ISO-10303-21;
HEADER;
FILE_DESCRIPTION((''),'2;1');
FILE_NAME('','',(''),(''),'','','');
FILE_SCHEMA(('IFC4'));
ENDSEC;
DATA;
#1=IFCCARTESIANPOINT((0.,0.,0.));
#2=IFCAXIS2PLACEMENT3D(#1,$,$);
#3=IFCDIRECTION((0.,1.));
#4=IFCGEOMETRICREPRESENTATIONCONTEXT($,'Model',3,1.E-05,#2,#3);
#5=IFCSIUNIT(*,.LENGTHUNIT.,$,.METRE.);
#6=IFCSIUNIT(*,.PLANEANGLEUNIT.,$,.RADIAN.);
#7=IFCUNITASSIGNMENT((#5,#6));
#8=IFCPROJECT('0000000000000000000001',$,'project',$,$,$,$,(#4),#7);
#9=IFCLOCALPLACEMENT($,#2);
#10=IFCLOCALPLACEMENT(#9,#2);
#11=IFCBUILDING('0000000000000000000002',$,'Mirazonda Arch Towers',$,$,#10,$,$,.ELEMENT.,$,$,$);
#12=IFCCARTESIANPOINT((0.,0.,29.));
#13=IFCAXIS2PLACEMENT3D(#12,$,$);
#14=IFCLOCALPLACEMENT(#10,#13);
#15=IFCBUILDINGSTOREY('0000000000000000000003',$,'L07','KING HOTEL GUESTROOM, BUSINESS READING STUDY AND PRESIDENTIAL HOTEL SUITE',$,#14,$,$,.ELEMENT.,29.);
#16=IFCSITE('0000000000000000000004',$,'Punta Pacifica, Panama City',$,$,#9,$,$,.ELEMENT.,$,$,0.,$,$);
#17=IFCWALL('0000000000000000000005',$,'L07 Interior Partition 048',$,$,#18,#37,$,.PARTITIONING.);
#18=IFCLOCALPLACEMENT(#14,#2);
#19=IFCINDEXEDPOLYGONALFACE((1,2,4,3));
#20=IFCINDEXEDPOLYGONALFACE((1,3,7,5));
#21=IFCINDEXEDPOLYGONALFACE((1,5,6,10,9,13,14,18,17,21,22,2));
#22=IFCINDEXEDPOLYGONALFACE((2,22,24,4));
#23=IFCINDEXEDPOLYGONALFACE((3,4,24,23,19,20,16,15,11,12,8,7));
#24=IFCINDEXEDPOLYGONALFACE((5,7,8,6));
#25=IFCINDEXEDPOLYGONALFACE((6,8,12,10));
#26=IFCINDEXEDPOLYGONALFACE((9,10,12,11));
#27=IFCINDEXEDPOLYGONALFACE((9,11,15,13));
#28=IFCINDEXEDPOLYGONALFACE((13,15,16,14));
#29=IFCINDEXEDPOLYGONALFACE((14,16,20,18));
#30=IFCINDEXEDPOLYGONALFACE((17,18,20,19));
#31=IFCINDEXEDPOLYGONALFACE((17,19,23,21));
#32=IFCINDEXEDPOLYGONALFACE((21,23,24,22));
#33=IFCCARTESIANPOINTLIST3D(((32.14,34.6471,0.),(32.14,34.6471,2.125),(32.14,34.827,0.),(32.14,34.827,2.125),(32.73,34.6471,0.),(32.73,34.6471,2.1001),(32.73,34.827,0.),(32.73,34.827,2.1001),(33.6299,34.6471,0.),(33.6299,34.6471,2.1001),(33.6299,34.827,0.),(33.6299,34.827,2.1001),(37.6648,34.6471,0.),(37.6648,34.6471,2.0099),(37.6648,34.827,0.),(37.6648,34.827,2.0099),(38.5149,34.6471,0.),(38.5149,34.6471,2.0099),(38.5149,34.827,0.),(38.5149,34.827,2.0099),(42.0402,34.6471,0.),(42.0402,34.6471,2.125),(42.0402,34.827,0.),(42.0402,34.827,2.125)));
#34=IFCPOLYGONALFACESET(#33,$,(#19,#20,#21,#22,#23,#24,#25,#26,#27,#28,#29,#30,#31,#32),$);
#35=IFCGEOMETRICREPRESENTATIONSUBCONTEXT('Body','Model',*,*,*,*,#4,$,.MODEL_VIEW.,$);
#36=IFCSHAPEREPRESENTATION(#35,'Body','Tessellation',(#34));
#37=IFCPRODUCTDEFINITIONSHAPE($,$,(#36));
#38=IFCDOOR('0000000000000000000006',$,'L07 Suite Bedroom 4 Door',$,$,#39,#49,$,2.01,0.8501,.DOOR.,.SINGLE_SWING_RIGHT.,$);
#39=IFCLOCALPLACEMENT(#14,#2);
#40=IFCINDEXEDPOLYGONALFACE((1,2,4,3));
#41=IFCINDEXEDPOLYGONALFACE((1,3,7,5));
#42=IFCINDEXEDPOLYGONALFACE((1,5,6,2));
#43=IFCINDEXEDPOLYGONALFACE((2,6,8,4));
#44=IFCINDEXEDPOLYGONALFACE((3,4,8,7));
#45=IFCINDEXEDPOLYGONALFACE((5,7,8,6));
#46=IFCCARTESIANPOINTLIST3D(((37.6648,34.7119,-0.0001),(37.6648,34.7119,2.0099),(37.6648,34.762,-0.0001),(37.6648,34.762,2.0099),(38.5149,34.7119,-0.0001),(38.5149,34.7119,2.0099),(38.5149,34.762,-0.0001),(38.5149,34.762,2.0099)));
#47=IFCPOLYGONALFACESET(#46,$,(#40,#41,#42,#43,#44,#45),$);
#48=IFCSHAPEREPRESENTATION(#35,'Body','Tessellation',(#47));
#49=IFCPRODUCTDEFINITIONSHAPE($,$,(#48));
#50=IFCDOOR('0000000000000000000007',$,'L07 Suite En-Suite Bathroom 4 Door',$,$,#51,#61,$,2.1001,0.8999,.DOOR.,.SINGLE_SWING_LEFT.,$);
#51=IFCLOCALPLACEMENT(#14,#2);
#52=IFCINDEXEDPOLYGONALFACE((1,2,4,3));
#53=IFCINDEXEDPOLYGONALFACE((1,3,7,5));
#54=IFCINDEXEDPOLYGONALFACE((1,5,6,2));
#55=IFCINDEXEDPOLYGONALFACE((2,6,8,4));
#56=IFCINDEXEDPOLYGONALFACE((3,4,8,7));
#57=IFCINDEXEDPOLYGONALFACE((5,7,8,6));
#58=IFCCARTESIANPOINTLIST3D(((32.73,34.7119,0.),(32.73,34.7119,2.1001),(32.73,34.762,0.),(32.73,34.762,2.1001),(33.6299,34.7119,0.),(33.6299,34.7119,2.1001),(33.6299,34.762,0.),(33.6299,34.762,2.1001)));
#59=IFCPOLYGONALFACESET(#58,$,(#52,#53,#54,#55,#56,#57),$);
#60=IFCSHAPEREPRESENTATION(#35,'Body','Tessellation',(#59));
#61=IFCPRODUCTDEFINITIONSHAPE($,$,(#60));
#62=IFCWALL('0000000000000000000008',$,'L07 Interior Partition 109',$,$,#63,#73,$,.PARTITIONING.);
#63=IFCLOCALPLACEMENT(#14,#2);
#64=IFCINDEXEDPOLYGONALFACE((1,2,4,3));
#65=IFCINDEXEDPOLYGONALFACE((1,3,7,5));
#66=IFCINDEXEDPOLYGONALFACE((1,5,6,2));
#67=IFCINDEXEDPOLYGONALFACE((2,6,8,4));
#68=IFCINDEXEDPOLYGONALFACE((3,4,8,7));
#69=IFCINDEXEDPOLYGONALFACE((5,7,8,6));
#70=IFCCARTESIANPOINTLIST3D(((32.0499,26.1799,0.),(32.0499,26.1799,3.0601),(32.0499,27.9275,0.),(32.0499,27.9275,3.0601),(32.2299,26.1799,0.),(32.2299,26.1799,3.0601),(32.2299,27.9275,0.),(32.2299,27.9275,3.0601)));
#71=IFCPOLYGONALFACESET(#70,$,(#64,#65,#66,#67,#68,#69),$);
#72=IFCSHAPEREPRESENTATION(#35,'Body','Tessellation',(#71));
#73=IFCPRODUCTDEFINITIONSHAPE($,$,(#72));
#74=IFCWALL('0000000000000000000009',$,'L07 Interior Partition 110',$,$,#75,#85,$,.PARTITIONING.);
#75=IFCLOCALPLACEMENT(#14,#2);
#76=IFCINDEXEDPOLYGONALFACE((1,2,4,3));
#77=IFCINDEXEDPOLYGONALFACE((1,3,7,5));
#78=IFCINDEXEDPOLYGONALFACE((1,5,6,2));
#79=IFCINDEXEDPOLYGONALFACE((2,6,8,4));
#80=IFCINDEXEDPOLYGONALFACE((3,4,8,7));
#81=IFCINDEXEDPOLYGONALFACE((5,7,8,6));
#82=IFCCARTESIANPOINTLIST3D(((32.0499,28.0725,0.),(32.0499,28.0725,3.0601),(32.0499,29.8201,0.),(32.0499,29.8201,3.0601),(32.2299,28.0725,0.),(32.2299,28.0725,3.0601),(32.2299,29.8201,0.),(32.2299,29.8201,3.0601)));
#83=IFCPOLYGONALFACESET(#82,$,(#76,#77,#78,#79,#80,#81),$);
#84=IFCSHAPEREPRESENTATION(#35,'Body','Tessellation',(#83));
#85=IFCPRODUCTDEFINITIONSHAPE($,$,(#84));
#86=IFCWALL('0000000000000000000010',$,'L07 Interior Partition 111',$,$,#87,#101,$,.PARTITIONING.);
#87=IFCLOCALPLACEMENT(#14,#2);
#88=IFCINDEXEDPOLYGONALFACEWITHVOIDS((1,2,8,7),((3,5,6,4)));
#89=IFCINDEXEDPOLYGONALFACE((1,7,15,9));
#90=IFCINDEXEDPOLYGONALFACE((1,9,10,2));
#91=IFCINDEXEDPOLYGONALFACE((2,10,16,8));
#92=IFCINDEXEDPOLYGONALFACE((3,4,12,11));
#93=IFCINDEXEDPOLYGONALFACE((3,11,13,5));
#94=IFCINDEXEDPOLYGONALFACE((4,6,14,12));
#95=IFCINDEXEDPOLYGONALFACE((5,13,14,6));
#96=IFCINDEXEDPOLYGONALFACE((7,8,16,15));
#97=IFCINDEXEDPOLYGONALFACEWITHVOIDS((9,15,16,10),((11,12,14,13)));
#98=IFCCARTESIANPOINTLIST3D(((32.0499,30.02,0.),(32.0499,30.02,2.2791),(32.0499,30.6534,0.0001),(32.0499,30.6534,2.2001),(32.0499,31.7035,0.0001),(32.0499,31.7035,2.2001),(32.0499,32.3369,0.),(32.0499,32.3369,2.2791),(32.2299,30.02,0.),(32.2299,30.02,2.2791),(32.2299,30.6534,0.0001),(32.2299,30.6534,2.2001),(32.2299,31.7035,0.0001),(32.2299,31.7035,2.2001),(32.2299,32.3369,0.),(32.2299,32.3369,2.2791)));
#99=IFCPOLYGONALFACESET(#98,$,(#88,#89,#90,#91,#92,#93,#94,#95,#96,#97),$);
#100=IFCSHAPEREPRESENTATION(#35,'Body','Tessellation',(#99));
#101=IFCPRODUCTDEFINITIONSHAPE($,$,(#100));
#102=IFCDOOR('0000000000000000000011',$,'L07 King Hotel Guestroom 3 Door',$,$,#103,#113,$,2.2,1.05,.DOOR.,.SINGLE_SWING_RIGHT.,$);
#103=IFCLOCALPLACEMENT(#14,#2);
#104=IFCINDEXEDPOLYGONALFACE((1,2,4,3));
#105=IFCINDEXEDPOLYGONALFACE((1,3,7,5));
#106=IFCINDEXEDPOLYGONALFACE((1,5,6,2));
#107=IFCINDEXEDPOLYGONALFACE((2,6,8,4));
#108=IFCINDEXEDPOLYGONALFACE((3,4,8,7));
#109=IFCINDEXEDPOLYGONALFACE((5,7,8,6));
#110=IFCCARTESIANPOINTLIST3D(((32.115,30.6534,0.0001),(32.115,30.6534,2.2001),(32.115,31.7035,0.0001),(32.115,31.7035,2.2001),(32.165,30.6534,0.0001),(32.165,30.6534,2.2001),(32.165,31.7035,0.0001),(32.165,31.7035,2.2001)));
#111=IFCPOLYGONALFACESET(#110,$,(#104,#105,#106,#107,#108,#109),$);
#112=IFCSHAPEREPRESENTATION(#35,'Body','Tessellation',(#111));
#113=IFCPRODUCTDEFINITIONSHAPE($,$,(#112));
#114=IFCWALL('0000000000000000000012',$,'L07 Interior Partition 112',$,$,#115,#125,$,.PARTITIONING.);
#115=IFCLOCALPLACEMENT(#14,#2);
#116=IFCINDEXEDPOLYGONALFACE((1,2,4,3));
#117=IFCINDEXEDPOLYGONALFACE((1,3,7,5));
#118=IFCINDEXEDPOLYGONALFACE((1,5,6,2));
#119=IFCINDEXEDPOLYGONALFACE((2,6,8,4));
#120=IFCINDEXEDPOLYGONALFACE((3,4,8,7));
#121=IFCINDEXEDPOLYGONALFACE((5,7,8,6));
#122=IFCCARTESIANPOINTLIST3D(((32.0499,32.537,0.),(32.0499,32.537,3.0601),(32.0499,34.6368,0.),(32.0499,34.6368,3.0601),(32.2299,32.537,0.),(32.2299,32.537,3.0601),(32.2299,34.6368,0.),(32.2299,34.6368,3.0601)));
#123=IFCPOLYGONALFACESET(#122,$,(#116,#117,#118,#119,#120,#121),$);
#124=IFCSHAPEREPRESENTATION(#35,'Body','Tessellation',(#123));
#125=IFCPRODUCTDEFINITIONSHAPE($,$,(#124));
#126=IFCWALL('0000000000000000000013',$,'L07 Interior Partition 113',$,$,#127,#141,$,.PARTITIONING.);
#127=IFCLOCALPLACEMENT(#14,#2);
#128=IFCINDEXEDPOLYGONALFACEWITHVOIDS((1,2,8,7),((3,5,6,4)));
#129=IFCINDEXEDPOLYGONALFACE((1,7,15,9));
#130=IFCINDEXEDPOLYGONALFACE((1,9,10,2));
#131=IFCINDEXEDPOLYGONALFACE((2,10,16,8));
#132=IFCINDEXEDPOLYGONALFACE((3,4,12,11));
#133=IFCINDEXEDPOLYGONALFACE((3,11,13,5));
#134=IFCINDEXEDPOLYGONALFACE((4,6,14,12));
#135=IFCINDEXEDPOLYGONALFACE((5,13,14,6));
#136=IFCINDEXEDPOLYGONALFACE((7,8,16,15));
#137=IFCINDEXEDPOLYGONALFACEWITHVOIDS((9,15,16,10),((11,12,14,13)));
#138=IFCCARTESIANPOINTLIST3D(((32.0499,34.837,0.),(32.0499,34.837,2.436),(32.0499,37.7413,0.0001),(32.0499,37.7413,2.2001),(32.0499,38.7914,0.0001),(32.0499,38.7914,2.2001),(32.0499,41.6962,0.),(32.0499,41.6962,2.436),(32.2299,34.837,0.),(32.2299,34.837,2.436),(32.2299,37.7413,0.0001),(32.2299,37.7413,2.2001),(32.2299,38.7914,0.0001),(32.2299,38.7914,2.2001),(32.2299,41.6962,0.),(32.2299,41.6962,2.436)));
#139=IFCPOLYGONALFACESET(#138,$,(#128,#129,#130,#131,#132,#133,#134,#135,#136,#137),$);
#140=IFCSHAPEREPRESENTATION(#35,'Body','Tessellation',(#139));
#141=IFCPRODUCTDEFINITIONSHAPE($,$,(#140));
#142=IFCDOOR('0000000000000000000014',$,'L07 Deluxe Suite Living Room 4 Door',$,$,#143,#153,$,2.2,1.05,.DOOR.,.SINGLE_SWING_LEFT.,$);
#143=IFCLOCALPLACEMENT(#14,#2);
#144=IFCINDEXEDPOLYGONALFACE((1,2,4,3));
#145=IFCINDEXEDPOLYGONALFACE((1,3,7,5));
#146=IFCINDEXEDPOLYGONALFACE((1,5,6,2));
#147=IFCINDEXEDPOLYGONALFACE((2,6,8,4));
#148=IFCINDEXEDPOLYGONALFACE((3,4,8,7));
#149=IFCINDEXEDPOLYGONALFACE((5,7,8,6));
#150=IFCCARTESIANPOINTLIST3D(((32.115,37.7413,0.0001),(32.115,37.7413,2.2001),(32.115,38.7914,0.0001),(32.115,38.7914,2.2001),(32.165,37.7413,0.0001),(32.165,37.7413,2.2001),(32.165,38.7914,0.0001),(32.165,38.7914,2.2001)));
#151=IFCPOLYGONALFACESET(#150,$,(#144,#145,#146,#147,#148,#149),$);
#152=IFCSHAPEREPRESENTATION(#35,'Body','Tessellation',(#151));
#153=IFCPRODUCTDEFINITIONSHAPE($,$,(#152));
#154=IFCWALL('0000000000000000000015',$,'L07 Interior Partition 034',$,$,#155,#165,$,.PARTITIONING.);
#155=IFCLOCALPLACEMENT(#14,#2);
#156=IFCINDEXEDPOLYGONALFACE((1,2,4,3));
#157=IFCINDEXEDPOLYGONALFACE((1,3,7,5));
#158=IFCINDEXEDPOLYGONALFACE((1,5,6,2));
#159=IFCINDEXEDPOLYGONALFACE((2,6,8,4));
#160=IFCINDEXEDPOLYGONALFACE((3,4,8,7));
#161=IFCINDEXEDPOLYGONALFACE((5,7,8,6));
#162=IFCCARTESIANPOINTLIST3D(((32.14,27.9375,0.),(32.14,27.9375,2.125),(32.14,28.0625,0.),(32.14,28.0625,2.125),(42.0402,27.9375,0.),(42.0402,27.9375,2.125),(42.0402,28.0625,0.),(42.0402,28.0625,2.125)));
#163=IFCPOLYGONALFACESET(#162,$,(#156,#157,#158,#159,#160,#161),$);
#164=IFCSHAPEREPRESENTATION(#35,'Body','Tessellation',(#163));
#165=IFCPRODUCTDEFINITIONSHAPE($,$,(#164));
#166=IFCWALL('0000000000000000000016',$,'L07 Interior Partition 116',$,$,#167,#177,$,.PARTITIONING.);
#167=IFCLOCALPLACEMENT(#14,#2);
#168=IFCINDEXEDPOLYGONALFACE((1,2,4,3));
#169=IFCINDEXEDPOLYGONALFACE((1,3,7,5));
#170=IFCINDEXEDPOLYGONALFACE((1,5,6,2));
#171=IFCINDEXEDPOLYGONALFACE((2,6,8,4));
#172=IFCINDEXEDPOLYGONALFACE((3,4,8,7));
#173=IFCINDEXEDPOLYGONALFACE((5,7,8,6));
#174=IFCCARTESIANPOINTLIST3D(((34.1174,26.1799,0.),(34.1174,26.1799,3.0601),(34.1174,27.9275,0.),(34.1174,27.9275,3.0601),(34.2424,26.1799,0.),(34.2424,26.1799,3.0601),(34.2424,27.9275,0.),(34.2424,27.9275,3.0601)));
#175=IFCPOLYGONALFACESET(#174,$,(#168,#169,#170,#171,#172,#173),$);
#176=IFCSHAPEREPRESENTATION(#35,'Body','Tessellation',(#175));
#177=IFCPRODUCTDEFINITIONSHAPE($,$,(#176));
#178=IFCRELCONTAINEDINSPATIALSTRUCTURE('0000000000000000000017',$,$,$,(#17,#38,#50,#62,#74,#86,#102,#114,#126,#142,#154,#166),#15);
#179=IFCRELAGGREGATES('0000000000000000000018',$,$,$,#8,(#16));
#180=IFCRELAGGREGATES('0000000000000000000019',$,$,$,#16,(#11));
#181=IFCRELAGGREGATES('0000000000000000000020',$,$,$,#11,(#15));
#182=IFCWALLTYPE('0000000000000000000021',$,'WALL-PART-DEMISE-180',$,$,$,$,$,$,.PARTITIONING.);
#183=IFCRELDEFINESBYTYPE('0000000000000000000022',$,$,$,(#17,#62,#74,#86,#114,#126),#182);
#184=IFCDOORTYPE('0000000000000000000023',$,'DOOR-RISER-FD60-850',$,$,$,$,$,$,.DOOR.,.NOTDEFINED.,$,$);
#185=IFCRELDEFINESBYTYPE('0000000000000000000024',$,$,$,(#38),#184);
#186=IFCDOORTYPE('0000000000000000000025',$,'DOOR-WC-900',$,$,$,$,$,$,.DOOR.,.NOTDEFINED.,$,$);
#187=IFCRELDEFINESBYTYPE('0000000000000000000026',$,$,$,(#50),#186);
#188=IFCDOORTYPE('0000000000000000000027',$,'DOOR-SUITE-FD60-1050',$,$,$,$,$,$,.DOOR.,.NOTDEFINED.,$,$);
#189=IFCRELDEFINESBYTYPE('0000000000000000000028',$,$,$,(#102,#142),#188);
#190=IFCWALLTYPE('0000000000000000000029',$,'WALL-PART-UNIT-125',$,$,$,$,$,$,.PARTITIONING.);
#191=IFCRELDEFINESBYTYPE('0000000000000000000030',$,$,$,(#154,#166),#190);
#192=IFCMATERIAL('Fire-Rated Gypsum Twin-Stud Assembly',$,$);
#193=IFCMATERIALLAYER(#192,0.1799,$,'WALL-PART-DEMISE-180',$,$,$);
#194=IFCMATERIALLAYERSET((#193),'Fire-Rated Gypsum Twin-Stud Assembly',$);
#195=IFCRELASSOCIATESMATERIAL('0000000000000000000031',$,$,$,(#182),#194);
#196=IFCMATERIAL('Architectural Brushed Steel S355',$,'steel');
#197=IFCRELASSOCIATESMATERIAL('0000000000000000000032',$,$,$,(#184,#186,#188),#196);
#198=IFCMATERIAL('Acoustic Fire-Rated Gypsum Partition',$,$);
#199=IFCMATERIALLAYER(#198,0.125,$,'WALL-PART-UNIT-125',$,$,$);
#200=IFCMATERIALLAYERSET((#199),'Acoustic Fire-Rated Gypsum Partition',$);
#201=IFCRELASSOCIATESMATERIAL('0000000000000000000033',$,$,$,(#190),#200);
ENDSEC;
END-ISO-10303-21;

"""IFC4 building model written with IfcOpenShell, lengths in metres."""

from ifc_helpers import new_model, si_unit, direction, frame, frame_2d, origin, place, context, subcontext, project, spatial, rectangle, extrude, material, layer, layer_set, type_object, element, fill, save


model = new_model("IFC4")

# Units and contexts
model_context = context("Model", 3, precision=1e-05, world=origin(), true_north=direction((0.0, 1.0)))
body_context = subcontext(model_context, "Body", "Model", "MODEL_VIEW")
ifc_project = project(units=[si_unit("LENGTHUNIT", "METRE"), si_unit("PLANEANGLEUNIT", "RADIAN")], contexts=[model_context])

# Site, building, storey
site_placement = place(None, origin())
site = spatial("IfcSite", under=ifc_project, at=site_placement, Name="Punta Pacifica, Panama City", CompositionType="ELEMENT", RefElevation=0.0)
building_placement = place(site_placement, origin())
building = spatial("IfcBuilding", under=site, at=building_placement, Name="Mirazonda Arch Towers", CompositionType="ELEMENT")
storey_placement = place(building_placement, frame((0.0, 0.0, 29.0)))
storey = spatial("IfcBuildingStorey", under=building, at=storey_placement, Name="L07", Description="KING HOTEL GUESTROOM, BUSINESS READING STUDY AND PRESIDENTIAL HOTEL SUITE", CompositionType="ELEMENT", Elevation=29.0)

# Shared definitions
ifc_material_1 = material(Name="Fire-Rated Gypsum Twin-Stud Assembly")
ifc_layer_1 = layer(ifc_material_1, 0.1799, Name="WALL-PART-DEMISE-180")
ifc_layer_set_1 = layer_set([ifc_layer_1], Name="Fire-Rated Gypsum Twin-Stud Assembly")
wall_type_1 = type_object("IfcWallType", Name="WALL-PART-DEMISE-180", PredefinedType="PARTITIONING", material=ifc_layer_set_1)
ifc_material_2 = material(Name="Architectural Brushed Steel S355", Category="steel")
door_type_1 = type_object("IfcDoorType", Name="DOOR-RISER-FD60-850", OperationType="NOTDEFINED", PredefinedType="DOOR", material=ifc_material_2)
door_type_2 = type_object("IfcDoorType", Name="DOOR-WC-900", OperationType="NOTDEFINED", PredefinedType="DOOR", material=ifc_material_2)

# Wall, openings, doors
wall_1_placement = place(storey_placement, frame((32.1399, 34.7371, 0.0), z_axis=(0.0, 0.0, 1.0), x_axis=(1.0, 0.0, 0.0)))
wall_1 = element("IfcWall", 1, at=wall_1_placement, inside=storey, type_object=wall_type_1, Name="L07 Interior Partition 048", PredefinedType="PARTITIONING", context=body_context, shape_type="SweptSolid", body=[
    extrude(rectangle(XDim=9.9001, YDim=0.1799, at=frame_2d((4.9502, 0.0))), origin(), (0.0, 0.0, 1.0), 2.125),
])
opening_1_placement = place(wall_1_placement, frame((5.5249, 0.0, 0.0)))
opening_1 = element("IfcOpeningElement", 2, at=opening_1_placement, cuts=wall_1, PredefinedType="OPENING", context=body_context, shape_type="SweptSolid", body=[
    extrude(rectangle(XDim=0.8501, YDim=2.01, at=frame_2d((0.425, 1.0049))), frame((0.0, 0.0999, 0.0), z_axis=(0.0, -1.0, 0.0), x_axis=(1.0, 0.0, 0.0)), (0.0, 0.0, 1.0), 0.2),
])
opening_2_placement = place(wall_1_placement, frame((0.5901, 0.0, 0.0)))
opening_2 = element("IfcOpeningElement", 3, at=opening_2_placement, cuts=wall_1, PredefinedType="OPENING", context=body_context, shape_type="SweptSolid", body=[
    extrude(rectangle(XDim=0.8999, YDim=2.1001, at=frame_2d((0.45, 1.05))), frame((0.0, 0.0999, 0.0), z_axis=(0.0, -1.0, 0.0), x_axis=(1.0, 0.0, 0.0)), (0.0, 0.0, 1.0), 0.2),
])
door_1_placement = place(opening_1_placement, origin())
door_1 = element("IfcDoor", 4, at=door_1_placement, inside=storey, type_object=door_type_1, Name="L07 Suite Bedroom 4 Door", OperationType="SINGLE_SWING_RIGHT", OverallHeight=2.01, OverallWidth=0.8501, PredefinedType="DOOR", context=body_context, shape_type="SweptSolid", body=[
    extrude(rectangle(XDim=0.8501, YDim=2.01, at=frame_2d((0.425, 1.0049))), frame((0.0, 0.0249, 0.0), z_axis=(0.0, -1.0, 0.0), x_axis=(1.0, 0.0, 0.0)), (0.0, 0.0, 1.0), 0.05),
])
fill(opening_1, door_1)
door_2_placement = place(opening_2_placement, origin())
door_2 = element("IfcDoor", 5, at=door_2_placement, inside=storey, type_object=door_type_2, Name="L07 Suite En-Suite Bathroom 4 Door", OperationType="SINGLE_SWING_LEFT", OverallHeight=2.1001, OverallWidth=0.8999, PredefinedType="DOOR", context=body_context, shape_type="SweptSolid", body=[
    extrude(rectangle(XDim=0.8999, YDim=2.1001, at=frame_2d((0.45, 1.05))), frame((0.0, 0.0249, 0.0), z_axis=(0.0, -1.0, 0.0), x_axis=(1.0, 0.0, 0.0)), (0.0, 0.0, 1.0), 0.05),
])
fill(opening_2, door_2)

# Walls
for number, where, z_axis, x_axis, name in (
    (6, (32.1399, 26.1799, 0.0), (0.0, 0.0, 1.0), (0.0, 1.0, 0.0), "L07 Interior Partition 109"),
    (7, (32.1399, 28.0725, 0.0), (0.0, 0.0, 1.0), (0.0, 1.0, 0.0), "L07 Interior Partition 110"),
):
    element("IfcWall", number, at=place(storey_placement, frame(where, z_axis=z_axis, x_axis=x_axis)), inside=storey, type_object=wall_type_1, Name=name, PredefinedType="PARTITIONING", context=body_context, shape_type="SweptSolid", body=[
        extrude(rectangle(XDim=1.7476, YDim=0.1799, at=frame_2d((0.8738, 0.0))), origin(), (0.0, 0.0, 1.0), 3.0601),
    ])

# Wall, opening, door
wall_2_placement = place(storey_placement, frame((32.1399, 30.02, 0.0), z_axis=(0.0, 0.0, 1.0), x_axis=(0.0, 1.0, 0.0)))
wall_2 = element("IfcWall", 8, at=wall_2_placement, inside=storey, type_object=wall_type_1, Name="L07 Interior Partition 111", PredefinedType="PARTITIONING", context=body_context, shape_type="SweptSolid", body=[
    extrude(rectangle(XDim=2.3169, YDim=0.1799, at=frame_2d((1.1584, 0.0))), origin(), (0.0, 0.0, 1.0), 2.2791),
])
opening_3_placement = place(wall_2_placement, frame((0.6335, 0.0, 0.0)))
opening_3 = element("IfcOpeningElement", 9, at=opening_3_placement, cuts=wall_2, PredefinedType="OPENING", context=body_context, shape_type="SweptSolid", body=[
    extrude(rectangle(XDim=1.05, YDim=2.2, at=frame_2d((0.5249, 1.1001))), frame((0.0, 0.0999, 0.0), z_axis=(0.0, -1.0, 0.0), x_axis=(1.0, 0.0, 0.0)), (0.0, 0.0, 1.0), 0.2),
])
door_type_3 = type_object("IfcDoorType", Name="DOOR-SUITE-FD60-1050", OperationType="NOTDEFINED", PredefinedType="DOOR", material=ifc_material_2)
door_3_placement = place(opening_3_placement, origin())
door_3 = element("IfcDoor", 10, at=door_3_placement, inside=storey, type_object=door_type_3, Name="L07 King Hotel Guestroom 3 Door", OperationType="SINGLE_SWING_RIGHT", OverallHeight=2.2, OverallWidth=1.05, PredefinedType="DOOR", context=body_context, shape_type="SweptSolid", body=[
    extrude(rectangle(XDim=1.05, YDim=2.2, at=frame_2d((0.5249, 1.1001))), frame((0.0, 0.0249, 0.0), z_axis=(0.0, -1.0, 0.0), x_axis=(1.0, 0.0, 0.0)), (0.0, 0.0, 1.0), 0.05),
])
fill(opening_3, door_3)

# Wall
wall_3_placement = place(storey_placement, frame((32.1399, 32.5371, 0.0), z_axis=(0.0, 0.0, 1.0), x_axis=(0.0, 1.0, 0.0)))
element("IfcWall", 11, at=wall_3_placement, inside=storey, type_object=wall_type_1, Name="L07 Interior Partition 112", PredefinedType="PARTITIONING", context=body_context, shape_type="SweptSolid", body=[
    extrude(rectangle(XDim=2.0999, YDim=0.1799, at=frame_2d((1.0498, 0.0))), origin(), (0.0, 0.0, 1.0), 3.0601),
])

# Wall, opening, door
wall_4_placement = place(storey_placement, frame((32.1399, 34.8369, 0.0), z_axis=(0.0, 0.0, 1.0), x_axis=(0.0, 1.0, 0.0)))
wall_4 = element("IfcWall", 12, at=wall_4_placement, inside=storey, type_object=wall_type_1, Name="L07 Interior Partition 113", PredefinedType="PARTITIONING", context=body_context, shape_type="SweptSolid", body=[
    extrude(rectangle(XDim=6.8591, YDim=0.1799, at=frame_2d((3.4297, 0.0))), origin(), (0.0, 0.0, 1.0), 2.436),
])
opening_4_placement = place(wall_4_placement, frame((2.9045, 0.0, 0.0)))
opening_4 = element("IfcOpeningElement", 13, at=opening_4_placement, cuts=wall_4, PredefinedType="OPENING", context=body_context, shape_type="SweptSolid", body=[
    extrude(rectangle(XDim=1.05, YDim=2.2, at=frame_2d((0.5249, 1.1001))), frame((0.0, 0.0999, 0.0), z_axis=(0.0, -1.0, 0.0), x_axis=(1.0, 0.0, 0.0)), (0.0, 0.0, 1.0), 0.2),
])
door_4_placement = place(opening_4_placement, origin())
door_4 = element("IfcDoor", 14, at=door_4_placement, inside=storey, type_object=door_type_3, Name="L07 Deluxe Suite Living Room 4 Door", OperationType="SINGLE_SWING_LEFT", OverallHeight=2.2, OverallWidth=1.05, PredefinedType="DOOR", context=body_context, shape_type="SweptSolid", body=[
    extrude(rectangle(XDim=1.05, YDim=2.2, at=frame_2d((0.5249, 1.1001))), frame((0.0, 0.0249, 0.0), z_axis=(0.0, -1.0, 0.0), x_axis=(1.0, 0.0, 0.0)), (0.0, 0.0, 1.0), 0.05),
])
fill(opening_4, door_4)

# Walls
ifc_material_3 = material(Name="Acoustic Fire-Rated Gypsum Partition")
ifc_layer_2 = layer(ifc_material_3, 0.125, Name="WALL-PART-UNIT-125")
ifc_layer_set_2 = layer_set([ifc_layer_2], Name="Acoustic Fire-Rated Gypsum Partition")
wall_type_2 = type_object("IfcWallType", Name="WALL-PART-UNIT-125", PredefinedType="PARTITIONING", material=ifc_layer_set_2)
wall_5_placement = place(storey_placement, frame((32.1399, 28.0, 0.0), z_axis=(0.0, 0.0, 1.0), x_axis=(1.0, 0.0, 0.0)))
element("IfcWall", 15, at=wall_5_placement, inside=storey, type_object=wall_type_2, Name="L07 Interior Partition 034", PredefinedType="PARTITIONING", context=body_context, shape_type="SweptSolid", body=[
    extrude(rectangle(XDim=9.9001, YDim=0.125, at=frame_2d((4.9502, 0.0))), origin(), (0.0, 0.0, 1.0), 2.125),
])
for number, where, z_axis, x_axis, name in (
    (16, (34.1799, 26.1799, 0.0), (0.0, 0.0, 1.0), (0.0, 1.0, 0.0), "L07 Interior Partition 116"),
):
    element("IfcWall", number, at=place(storey_placement, frame(where, z_axis=z_axis, x_axis=x_axis)), inside=storey, type_object=wall_type_2, Name=name, PredefinedType="PARTITIONING", context=body_context, shape_type="SweptSolid", body=[
        extrude(rectangle(XDim=1.7476, YDim=0.125, at=frame_2d((0.8738, 0.0))), origin(), (0.0, 0.0, 1.0), 3.0601),
    ])

save(model, "model.ifc")
